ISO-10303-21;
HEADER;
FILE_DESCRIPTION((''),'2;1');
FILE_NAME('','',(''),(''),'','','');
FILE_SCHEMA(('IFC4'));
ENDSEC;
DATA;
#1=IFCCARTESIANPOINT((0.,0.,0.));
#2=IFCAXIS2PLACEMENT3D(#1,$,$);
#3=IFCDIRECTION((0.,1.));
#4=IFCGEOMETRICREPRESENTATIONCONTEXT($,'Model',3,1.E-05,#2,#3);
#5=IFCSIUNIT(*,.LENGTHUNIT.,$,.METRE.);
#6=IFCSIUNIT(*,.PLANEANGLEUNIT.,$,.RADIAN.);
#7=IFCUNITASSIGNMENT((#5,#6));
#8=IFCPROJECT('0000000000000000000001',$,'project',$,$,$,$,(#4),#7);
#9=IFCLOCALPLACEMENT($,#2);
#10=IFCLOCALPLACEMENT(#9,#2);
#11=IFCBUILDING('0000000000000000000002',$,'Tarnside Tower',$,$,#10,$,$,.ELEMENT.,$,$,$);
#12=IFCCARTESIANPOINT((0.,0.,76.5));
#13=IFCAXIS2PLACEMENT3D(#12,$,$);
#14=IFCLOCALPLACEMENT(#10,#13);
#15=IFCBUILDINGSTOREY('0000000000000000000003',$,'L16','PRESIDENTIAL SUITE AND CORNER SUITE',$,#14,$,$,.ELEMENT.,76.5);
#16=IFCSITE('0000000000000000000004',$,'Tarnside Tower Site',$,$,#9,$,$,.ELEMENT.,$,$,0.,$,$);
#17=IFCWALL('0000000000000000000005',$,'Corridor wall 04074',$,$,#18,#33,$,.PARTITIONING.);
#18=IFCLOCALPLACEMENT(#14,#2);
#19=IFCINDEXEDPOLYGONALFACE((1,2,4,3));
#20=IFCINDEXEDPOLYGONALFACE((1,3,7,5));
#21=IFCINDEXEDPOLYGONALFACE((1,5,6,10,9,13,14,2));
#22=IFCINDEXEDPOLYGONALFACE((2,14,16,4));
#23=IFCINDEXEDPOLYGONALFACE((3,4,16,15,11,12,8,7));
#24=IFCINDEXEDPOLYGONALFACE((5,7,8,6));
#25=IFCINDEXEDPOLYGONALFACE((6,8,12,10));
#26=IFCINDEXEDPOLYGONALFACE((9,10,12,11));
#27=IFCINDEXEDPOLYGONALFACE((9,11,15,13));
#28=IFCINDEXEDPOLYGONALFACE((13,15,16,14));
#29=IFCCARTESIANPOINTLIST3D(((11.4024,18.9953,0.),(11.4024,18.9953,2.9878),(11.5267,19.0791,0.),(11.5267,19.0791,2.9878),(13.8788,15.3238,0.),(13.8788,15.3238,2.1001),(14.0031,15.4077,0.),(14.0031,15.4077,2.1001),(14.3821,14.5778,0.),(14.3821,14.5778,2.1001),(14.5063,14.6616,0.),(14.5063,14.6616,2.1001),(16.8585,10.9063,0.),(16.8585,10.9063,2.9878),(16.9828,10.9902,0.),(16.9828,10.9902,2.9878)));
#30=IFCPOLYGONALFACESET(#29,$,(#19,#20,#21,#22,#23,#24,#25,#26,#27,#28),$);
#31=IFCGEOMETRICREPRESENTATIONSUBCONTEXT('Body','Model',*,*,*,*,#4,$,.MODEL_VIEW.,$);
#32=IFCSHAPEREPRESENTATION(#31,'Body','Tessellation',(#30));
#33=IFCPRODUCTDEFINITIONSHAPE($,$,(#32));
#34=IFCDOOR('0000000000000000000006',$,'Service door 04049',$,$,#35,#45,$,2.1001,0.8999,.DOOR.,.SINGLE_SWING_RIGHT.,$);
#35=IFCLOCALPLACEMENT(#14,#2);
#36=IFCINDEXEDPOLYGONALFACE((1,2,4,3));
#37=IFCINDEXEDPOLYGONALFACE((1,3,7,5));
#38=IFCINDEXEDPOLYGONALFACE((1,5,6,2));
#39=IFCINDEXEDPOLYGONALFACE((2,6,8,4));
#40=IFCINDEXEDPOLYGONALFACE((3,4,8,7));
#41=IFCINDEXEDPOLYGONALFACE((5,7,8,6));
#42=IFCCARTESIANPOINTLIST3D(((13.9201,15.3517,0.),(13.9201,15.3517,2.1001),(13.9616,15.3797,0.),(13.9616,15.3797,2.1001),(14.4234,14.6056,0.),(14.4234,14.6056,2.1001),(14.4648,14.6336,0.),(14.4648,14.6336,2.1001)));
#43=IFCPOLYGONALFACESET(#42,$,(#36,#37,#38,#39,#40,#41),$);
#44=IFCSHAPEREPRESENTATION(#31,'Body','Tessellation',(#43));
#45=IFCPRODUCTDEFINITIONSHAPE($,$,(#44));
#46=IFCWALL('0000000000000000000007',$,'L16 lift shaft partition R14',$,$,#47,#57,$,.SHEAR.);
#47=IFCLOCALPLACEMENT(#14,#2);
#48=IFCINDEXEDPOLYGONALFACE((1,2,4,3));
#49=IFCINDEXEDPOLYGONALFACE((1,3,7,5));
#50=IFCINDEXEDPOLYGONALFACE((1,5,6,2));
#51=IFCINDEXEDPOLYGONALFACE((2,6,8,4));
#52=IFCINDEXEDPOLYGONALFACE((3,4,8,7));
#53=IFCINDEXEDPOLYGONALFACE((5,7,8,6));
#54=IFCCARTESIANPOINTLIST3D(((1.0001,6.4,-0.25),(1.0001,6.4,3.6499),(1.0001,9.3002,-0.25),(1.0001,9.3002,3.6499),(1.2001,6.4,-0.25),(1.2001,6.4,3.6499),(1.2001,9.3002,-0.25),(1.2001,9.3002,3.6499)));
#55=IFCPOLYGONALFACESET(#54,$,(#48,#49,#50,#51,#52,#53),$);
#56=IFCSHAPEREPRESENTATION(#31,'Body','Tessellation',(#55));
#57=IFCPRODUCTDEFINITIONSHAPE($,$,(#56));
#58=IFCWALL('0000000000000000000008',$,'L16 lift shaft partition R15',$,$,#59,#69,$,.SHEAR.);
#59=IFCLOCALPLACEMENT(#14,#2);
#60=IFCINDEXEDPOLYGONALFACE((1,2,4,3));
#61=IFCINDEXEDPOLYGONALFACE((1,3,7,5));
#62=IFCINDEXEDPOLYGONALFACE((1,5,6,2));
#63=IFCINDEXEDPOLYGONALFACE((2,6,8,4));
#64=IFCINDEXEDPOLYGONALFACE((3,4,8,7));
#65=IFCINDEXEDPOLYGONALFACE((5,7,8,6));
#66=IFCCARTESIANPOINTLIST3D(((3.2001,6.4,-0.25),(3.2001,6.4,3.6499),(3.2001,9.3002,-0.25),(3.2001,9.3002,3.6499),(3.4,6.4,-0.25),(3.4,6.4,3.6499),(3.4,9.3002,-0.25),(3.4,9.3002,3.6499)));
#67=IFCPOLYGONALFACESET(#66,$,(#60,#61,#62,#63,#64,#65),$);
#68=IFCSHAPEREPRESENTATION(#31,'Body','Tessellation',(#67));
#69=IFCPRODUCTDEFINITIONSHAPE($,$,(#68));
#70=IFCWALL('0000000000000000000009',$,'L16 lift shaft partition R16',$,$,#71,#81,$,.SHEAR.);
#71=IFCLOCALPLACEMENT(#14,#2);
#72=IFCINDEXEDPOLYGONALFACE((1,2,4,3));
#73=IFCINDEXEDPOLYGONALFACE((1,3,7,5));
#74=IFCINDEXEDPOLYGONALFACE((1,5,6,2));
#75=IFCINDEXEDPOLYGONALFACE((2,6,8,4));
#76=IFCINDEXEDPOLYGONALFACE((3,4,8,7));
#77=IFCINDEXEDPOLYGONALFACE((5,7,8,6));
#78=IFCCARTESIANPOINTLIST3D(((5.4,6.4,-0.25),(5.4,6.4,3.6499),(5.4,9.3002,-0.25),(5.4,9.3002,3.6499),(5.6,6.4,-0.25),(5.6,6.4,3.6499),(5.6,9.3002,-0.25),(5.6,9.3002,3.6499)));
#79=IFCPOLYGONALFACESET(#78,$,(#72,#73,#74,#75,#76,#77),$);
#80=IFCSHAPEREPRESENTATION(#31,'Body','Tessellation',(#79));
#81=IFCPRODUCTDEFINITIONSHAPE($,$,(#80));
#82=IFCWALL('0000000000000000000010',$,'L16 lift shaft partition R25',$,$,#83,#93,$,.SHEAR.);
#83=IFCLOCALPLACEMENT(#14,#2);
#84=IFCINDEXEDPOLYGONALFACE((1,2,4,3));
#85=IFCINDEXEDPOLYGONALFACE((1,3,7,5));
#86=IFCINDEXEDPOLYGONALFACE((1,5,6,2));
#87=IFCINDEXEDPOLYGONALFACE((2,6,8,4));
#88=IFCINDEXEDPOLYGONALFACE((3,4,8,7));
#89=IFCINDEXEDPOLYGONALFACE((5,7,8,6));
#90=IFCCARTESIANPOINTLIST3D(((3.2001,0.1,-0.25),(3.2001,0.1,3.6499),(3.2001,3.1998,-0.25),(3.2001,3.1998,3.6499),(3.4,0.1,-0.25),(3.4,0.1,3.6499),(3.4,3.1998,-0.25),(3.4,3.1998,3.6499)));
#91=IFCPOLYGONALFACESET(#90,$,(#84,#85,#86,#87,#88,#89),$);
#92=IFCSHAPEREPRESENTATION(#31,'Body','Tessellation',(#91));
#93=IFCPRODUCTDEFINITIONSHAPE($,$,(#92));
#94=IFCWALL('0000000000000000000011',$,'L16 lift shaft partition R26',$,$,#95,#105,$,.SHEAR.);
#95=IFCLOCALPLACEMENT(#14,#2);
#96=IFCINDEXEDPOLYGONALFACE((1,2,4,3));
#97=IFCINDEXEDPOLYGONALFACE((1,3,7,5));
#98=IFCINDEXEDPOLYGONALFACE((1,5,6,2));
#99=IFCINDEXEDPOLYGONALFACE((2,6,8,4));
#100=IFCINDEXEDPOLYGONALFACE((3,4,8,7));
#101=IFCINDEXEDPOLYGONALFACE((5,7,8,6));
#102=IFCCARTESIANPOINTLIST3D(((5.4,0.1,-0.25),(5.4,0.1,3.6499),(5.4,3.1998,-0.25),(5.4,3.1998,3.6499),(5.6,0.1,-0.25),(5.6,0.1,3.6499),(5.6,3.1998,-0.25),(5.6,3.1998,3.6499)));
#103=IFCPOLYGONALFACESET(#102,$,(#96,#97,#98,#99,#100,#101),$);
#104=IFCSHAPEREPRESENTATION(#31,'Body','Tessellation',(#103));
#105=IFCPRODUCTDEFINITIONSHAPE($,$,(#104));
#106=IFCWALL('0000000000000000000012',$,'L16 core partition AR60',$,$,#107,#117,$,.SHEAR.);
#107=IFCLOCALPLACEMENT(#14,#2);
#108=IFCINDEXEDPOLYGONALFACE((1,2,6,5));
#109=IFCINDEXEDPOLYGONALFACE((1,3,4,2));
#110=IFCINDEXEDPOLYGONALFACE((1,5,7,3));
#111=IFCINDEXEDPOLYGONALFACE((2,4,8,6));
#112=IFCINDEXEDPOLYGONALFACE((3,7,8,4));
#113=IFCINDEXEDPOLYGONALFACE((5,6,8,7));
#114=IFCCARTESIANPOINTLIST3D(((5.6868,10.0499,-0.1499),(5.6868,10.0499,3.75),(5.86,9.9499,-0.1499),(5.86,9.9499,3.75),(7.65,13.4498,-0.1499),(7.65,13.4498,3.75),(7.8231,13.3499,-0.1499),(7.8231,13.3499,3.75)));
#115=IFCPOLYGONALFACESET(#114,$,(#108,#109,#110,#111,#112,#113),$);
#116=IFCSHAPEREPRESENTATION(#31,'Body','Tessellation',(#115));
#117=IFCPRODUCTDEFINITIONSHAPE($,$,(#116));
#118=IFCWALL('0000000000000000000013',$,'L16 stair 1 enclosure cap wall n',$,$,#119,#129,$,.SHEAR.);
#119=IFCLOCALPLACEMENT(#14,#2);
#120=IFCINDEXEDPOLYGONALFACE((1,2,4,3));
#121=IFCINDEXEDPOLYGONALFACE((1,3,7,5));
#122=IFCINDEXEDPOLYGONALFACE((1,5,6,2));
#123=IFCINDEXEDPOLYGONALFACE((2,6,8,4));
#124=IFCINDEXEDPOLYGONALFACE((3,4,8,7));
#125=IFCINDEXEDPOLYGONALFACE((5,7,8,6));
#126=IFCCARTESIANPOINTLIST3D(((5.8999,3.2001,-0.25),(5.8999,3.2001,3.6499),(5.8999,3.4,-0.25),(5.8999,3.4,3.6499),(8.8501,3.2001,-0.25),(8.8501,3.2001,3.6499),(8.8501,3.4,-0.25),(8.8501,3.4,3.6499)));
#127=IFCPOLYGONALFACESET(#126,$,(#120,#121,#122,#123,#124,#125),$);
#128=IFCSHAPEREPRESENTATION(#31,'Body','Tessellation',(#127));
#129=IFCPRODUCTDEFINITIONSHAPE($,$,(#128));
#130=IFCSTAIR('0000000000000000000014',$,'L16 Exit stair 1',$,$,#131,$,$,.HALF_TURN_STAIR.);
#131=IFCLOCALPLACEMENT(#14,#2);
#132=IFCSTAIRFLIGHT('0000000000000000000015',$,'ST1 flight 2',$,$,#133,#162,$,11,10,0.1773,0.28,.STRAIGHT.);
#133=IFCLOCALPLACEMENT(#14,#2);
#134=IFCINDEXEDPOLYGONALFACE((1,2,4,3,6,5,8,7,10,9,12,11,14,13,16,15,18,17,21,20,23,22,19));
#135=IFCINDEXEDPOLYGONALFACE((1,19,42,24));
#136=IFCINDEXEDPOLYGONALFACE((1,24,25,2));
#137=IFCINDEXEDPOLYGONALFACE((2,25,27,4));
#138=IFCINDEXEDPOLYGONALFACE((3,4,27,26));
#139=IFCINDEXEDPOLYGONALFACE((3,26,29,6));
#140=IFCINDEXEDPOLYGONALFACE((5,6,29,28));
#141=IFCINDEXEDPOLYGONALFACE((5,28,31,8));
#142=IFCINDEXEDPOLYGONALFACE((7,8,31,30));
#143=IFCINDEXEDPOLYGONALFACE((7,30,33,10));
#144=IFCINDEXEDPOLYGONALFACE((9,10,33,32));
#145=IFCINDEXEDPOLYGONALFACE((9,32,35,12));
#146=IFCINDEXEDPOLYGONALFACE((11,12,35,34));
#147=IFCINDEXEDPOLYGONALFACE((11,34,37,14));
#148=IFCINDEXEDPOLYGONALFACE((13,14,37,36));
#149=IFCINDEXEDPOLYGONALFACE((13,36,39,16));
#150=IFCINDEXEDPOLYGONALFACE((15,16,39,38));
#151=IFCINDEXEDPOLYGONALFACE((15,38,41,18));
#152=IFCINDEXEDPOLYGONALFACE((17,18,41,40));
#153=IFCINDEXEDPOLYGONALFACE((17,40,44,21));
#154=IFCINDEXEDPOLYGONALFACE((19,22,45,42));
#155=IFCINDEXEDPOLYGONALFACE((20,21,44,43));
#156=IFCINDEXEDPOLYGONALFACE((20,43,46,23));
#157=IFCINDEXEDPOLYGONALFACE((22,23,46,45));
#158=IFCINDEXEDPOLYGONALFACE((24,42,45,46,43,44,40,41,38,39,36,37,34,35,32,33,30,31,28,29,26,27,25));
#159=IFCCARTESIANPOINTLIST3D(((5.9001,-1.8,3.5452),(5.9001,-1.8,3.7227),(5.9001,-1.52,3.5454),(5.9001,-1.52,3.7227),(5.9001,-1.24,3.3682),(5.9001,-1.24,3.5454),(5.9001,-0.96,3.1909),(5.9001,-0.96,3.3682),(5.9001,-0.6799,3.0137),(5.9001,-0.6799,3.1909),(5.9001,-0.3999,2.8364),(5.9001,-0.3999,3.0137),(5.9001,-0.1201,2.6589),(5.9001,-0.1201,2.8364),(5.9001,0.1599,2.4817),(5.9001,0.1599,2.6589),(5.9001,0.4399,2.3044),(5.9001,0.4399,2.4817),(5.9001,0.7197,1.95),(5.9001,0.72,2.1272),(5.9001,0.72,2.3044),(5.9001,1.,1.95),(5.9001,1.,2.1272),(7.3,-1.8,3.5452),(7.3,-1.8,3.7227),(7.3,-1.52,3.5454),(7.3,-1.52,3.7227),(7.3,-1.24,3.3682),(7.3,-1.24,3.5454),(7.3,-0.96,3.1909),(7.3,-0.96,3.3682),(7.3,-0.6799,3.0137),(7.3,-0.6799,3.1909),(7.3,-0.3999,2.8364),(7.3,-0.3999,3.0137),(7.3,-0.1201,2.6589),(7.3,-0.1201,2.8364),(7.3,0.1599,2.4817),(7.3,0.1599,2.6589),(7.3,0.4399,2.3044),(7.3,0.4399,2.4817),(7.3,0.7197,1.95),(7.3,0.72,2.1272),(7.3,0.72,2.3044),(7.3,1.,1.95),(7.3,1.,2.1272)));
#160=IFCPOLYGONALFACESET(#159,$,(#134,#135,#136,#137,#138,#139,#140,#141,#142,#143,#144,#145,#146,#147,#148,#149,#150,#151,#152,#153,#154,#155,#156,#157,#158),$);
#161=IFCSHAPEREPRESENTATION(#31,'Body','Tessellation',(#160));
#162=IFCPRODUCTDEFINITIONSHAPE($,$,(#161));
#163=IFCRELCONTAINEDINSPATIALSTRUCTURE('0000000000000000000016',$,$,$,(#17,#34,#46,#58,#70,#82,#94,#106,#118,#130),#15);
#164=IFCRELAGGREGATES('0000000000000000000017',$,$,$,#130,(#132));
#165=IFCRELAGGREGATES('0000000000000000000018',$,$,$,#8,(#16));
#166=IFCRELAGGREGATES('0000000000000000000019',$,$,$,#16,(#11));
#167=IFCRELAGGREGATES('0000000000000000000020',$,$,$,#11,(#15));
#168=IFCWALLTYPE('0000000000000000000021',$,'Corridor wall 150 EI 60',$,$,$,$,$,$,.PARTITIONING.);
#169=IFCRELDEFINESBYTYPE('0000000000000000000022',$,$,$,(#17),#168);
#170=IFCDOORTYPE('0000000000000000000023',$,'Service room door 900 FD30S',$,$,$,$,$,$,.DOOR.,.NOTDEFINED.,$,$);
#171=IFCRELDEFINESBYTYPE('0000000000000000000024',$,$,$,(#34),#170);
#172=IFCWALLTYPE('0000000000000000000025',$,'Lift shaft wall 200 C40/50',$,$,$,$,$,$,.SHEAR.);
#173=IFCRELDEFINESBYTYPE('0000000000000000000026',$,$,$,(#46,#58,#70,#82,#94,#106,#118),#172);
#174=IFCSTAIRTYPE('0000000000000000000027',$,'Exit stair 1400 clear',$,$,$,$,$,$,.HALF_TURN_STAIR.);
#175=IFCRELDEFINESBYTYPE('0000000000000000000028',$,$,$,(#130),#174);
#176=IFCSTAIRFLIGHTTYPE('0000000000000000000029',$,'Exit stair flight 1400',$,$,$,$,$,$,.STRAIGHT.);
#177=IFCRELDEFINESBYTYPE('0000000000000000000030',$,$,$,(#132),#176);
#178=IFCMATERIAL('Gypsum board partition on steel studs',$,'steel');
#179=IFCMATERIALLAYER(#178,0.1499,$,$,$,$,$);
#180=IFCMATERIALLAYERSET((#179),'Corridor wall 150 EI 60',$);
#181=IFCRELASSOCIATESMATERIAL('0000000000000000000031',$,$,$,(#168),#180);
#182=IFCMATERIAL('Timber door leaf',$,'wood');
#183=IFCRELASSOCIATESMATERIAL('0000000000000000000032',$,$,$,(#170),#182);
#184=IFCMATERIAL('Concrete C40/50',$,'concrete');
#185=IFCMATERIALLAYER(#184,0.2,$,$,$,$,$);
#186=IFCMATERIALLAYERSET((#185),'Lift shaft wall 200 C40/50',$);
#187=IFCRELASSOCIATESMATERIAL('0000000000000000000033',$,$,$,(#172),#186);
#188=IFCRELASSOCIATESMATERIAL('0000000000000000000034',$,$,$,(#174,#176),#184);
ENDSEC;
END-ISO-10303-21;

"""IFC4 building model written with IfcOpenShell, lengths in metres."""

from ifc_helpers import new_model, si_unit, direction, frame, frame_2d, origin, place, context, subcontext, project, spatial, polyline, rectangle, outline, extrude, material, layer, layer_set, type_object, element, fill, aggregate, save


model = new_model("IFC4")

# Units and contexts
model_context = context("Model", 3, precision=1e-05, world=origin(), true_north=direction((0.0, 1.0)))
body_context = subcontext(model_context, "Body", "Model", "MODEL_VIEW")
ifc_project = project(units=[si_unit("LENGTHUNIT", "METRE"), si_unit("PLANEANGLEUNIT", "RADIAN")], contexts=[model_context])

# Site, building, storey
site_placement = place(None, origin())
site = spatial("IfcSite", under=ifc_project, at=site_placement, Name="Tarnside Tower Site", CompositionType="ELEMENT", RefElevation=0.0)
building_placement = place(site_placement, origin())
building = spatial("IfcBuilding", under=site, at=building_placement, Name="Tarnside Tower", CompositionType="ELEMENT")
storey_placement = place(building_placement, frame((0.0, 0.0, 76.5)))
storey = spatial("IfcBuildingStorey", under=building, at=storey_placement, Name="L16", Description="PRESIDENTIAL SUITE AND CORNER SUITE", CompositionType="ELEMENT", Elevation=76.5)

# Shared definitions
ifc_material_1 = material(Name="Gypsum board partition on steel studs", Category="steel")
ifc_layer_1 = layer(ifc_material_1, 0.1499)
ifc_layer_set_1 = layer_set([ifc_layer_1], Name="Corridor wall 150 EI 60")
wall_type_1 = type_object("IfcWallType", Name="Corridor wall 150 EI 60", PredefinedType="PARTITIONING", material=ifc_layer_set_1)

# Shared definitions
ifc_material_2 = material(Name="Timber door leaf", Category="wood")
door_type_1 = type_object("IfcDoorType", Name="Service room door 900 FD30S", OperationType="NOTDEFINED", PredefinedType="DOOR", material=ifc_material_2)

# Wall, opening, door
wall_1_placement = place(storey_placement, frame((11.4646, 19.0371, 0.0), z_axis=(0.0, 0.0, 1.0), x_axis=(0.559196, -0.829035, 0.0)))
wall_1 = element("IfcWall", 1, at=wall_1_placement, inside=storey, type_object=wall_type_1, Name="Corridor wall 04074", PredefinedType="PARTITIONING", context=body_context, shape_type="SweptSolid", body=[
    extrude(rectangle(XDim=9.7571, YDim=0.1499, at=frame_2d((4.8784, 0.0))), origin(), (0.0, 0.0, 1.0), 2.9878),
])
opening_1_placement = place(wall_1_placement, frame((4.4285, 0.0, 0.0)))
opening_1 = element("IfcOpeningElement", 2, at=opening_1_placement, cuts=wall_1, PredefinedType="OPENING", context=body_context, shape_type="SweptSolid", body=[
    extrude(rectangle(XDim=0.8999, YDim=2.1001, at=frame_2d((0.45, 1.05))), frame((0.0, 0.085, 0.0), z_axis=(0.0, -1.0, 0.0), x_axis=(1.0, 0.0, 0.0)), (0.0, 0.0, 1.0), 0.1699),
])
door_1_placement = place(opening_1_placement, origin())
door_1 = element("IfcDoor", 3, at=door_1_placement, inside=storey, type_object=door_type_1, Name="Service door 04049", OperationType="SINGLE_SWING_RIGHT", OverallHeight=2.1001, OverallWidth=0.8999, PredefinedType="DOOR", context=body_context, shape_type="SweptSolid", body=[
    extrude(rectangle(XDim=0.8999, YDim=2.1001, at=frame_2d((0.45, 1.05))), frame((0.0, 0.0249, 0.0), z_axis=(0.0, -1.0, 0.0), x_axis=(1.0, 0.0, 0.0)), (0.0, 0.0, 1.0), 0.05),
])
fill(opening_1, door_1)

# Walls
ifc_material_3 = material(Name="Concrete C40/50", Category="concrete")
ifc_layer_2 = layer(ifc_material_3, 0.2)
ifc_layer_set_2 = layer_set([ifc_layer_2], Name="Lift shaft wall 200 C40/50")
wall_type_2 = type_object("IfcWallType", Name="Lift shaft wall 200 C40/50", PredefinedType="SHEAR", material=ifc_layer_set_2)
for number, where, z_axis, x_axis, name in (
    (4, (1.1001, 6.3999, -0.25), (0.0, 0.0, 1.0), (0.0, 1.0, 0.0), "L16 lift shaft partition R14"),
    (5, (3.3, 6.3999, -0.25), (0.0, 0.0, 1.0), (0.0, 1.0, 0.0), "L16 lift shaft partition R15"),
    (6, (5.5, 6.3999, -0.25), (0.0, 0.0, 1.0), (0.0, 1.0, 0.0), "L16 lift shaft partition R16"),
):
    element("IfcWall", number, at=place(storey_placement, frame(where, z_axis=z_axis, x_axis=x_axis)), inside=storey, type_object=wall_type_2, Name=name, PredefinedType="SHEAR", context=body_context, shape_type="SweptSolid", body=[
        extrude(rectangle(XDim=2.9001, YDim=0.2, at=frame_2d((1.4502, 0.0))), origin(), (0.0, 0.0, 1.0), 3.8999),
    ])
for number, where, z_axis, x_axis, name in (
    (7, (3.3, 0.1001, -0.25), (0.0, 0.0, 1.0), (0.0, 1.0, 0.0), "L16 lift shaft partition R25"),
    (8, (5.5, 0.1001, -0.25), (0.0, 0.0, 1.0), (0.0, 1.0, 0.0), "L16 lift shaft partition R26"),
):
    element("IfcWall", number, at=place(storey_placement, frame(where, z_axis=z_axis, x_axis=x_axis)), inside=storey, type_object=wall_type_2, Name=name, PredefinedType="SHEAR", context=body_context, shape_type="SweptSolid", body=[
        extrude(rectangle(XDim=3.0999, YDim=0.2, at=frame_2d((1.5498, 0.0))), origin(), (0.0, 0.0, 1.0), 3.8999),
    ])
wall_2_placement = place(storey_placement, frame((5.7734, 10.0, -0.1499), z_axis=(0.0, 0.0, 1.0), x_axis=(0.500038, 0.866003, 0.0)))
element("IfcWall", 9, at=wall_2_placement, inside=storey, type_object=wall_type_2, Name="L16 core partition AR60", PredefinedType="SHEAR", context=body_context, shape_type="SweptSolid", body=[
    extrude(rectangle(XDim=3.926, YDim=0.2, at=frame_2d((1.9629, 0.0))), origin(), (0.0, 0.0, 1.0), 3.8999),
])
wall_3_placement = place(storey_placement, frame((5.8999, 3.3, -0.25), z_axis=(0.0, 0.0, 1.0), x_axis=(1.0, 0.0, 0.0)))
element("IfcWall", 10, at=wall_3_placement, inside=storey, type_object=wall_type_2, Name="L16 stair 1 enclosure cap wall n", PredefinedType="SHEAR", context=body_context, shape_type="SweptSolid", body=[
    extrude(rectangle(XDim=2.9502, YDim=0.2, at=frame_2d((1.4751, 0.0))), origin(), (0.0, 0.0, 1.0), 3.8999),
])

# Stair, stair flight
stair_type = type_object("IfcStairType", Name="Exit stair 1400 clear", PredefinedType="HALF_TURN_STAIR", material=ifc_material_3)
stair_placement = place(storey_placement, origin())
stair = element("IfcStair", 11, at=stair_placement, inside=storey, type_object=stair_type, Name="L16 Exit stair 1", PredefinedType="HALF_TURN_STAIR")
stair_flight_type = type_object("IfcStairFlightType", Name="Exit stair flight 1400", PredefinedType="STRAIGHT", material=ifc_material_3)
stair_flight_placement = place(storey_placement, frame((6.6001, 1.0, 1.95), z_axis=(0.0, 0.0, 1.0), x_axis=(0.0, -1.0, 0.0)))
stair_flight = element("IfcStairFlight", 12, at=stair_flight_placement, type_object=stair_flight_type, Name="ST1 flight 2", NumberOfRisers=11, NumberOfTreads=10, PredefinedType="STRAIGHT", RiserHeight=0.1773, TreadLength=0.28, context=body_context, shape_type="SweptSolid", body=[
    extrude(outline(polyline([(0.0, 0.0), (0.0, 0.1772), (0.28, 0.1772), (0.28, 0.3545), (0.5601, 0.3545), (0.5601, 0.5317), (0.8401, 0.5317), (0.8401, 0.709), (1.1201, 0.709), (1.1201, 0.8865), (1.3999, 0.8865), (1.3999, 1.0637), (1.6799, 1.0637), (1.6799, 1.241), (1.96, 1.241), (1.96, 1.4182), (2.24, 1.4182), (2.24, 1.5955), (2.52, 1.5955), (2.52, 1.7727), (2.8, 1.7727), (2.8, 1.95), (2.8, 1.5952), (0.2803, 0.0), (0.0, 0.0)])), frame((0.0, 0.7, 0.0), z_axis=(0.0, -1.0, 0.0), x_axis=(1.0, 0.0, 0.0)), (0.0, 0.0, 1.0), 1.3999),
])
aggregate(stair, [stair_flight])

save(model, "model.ifc")
